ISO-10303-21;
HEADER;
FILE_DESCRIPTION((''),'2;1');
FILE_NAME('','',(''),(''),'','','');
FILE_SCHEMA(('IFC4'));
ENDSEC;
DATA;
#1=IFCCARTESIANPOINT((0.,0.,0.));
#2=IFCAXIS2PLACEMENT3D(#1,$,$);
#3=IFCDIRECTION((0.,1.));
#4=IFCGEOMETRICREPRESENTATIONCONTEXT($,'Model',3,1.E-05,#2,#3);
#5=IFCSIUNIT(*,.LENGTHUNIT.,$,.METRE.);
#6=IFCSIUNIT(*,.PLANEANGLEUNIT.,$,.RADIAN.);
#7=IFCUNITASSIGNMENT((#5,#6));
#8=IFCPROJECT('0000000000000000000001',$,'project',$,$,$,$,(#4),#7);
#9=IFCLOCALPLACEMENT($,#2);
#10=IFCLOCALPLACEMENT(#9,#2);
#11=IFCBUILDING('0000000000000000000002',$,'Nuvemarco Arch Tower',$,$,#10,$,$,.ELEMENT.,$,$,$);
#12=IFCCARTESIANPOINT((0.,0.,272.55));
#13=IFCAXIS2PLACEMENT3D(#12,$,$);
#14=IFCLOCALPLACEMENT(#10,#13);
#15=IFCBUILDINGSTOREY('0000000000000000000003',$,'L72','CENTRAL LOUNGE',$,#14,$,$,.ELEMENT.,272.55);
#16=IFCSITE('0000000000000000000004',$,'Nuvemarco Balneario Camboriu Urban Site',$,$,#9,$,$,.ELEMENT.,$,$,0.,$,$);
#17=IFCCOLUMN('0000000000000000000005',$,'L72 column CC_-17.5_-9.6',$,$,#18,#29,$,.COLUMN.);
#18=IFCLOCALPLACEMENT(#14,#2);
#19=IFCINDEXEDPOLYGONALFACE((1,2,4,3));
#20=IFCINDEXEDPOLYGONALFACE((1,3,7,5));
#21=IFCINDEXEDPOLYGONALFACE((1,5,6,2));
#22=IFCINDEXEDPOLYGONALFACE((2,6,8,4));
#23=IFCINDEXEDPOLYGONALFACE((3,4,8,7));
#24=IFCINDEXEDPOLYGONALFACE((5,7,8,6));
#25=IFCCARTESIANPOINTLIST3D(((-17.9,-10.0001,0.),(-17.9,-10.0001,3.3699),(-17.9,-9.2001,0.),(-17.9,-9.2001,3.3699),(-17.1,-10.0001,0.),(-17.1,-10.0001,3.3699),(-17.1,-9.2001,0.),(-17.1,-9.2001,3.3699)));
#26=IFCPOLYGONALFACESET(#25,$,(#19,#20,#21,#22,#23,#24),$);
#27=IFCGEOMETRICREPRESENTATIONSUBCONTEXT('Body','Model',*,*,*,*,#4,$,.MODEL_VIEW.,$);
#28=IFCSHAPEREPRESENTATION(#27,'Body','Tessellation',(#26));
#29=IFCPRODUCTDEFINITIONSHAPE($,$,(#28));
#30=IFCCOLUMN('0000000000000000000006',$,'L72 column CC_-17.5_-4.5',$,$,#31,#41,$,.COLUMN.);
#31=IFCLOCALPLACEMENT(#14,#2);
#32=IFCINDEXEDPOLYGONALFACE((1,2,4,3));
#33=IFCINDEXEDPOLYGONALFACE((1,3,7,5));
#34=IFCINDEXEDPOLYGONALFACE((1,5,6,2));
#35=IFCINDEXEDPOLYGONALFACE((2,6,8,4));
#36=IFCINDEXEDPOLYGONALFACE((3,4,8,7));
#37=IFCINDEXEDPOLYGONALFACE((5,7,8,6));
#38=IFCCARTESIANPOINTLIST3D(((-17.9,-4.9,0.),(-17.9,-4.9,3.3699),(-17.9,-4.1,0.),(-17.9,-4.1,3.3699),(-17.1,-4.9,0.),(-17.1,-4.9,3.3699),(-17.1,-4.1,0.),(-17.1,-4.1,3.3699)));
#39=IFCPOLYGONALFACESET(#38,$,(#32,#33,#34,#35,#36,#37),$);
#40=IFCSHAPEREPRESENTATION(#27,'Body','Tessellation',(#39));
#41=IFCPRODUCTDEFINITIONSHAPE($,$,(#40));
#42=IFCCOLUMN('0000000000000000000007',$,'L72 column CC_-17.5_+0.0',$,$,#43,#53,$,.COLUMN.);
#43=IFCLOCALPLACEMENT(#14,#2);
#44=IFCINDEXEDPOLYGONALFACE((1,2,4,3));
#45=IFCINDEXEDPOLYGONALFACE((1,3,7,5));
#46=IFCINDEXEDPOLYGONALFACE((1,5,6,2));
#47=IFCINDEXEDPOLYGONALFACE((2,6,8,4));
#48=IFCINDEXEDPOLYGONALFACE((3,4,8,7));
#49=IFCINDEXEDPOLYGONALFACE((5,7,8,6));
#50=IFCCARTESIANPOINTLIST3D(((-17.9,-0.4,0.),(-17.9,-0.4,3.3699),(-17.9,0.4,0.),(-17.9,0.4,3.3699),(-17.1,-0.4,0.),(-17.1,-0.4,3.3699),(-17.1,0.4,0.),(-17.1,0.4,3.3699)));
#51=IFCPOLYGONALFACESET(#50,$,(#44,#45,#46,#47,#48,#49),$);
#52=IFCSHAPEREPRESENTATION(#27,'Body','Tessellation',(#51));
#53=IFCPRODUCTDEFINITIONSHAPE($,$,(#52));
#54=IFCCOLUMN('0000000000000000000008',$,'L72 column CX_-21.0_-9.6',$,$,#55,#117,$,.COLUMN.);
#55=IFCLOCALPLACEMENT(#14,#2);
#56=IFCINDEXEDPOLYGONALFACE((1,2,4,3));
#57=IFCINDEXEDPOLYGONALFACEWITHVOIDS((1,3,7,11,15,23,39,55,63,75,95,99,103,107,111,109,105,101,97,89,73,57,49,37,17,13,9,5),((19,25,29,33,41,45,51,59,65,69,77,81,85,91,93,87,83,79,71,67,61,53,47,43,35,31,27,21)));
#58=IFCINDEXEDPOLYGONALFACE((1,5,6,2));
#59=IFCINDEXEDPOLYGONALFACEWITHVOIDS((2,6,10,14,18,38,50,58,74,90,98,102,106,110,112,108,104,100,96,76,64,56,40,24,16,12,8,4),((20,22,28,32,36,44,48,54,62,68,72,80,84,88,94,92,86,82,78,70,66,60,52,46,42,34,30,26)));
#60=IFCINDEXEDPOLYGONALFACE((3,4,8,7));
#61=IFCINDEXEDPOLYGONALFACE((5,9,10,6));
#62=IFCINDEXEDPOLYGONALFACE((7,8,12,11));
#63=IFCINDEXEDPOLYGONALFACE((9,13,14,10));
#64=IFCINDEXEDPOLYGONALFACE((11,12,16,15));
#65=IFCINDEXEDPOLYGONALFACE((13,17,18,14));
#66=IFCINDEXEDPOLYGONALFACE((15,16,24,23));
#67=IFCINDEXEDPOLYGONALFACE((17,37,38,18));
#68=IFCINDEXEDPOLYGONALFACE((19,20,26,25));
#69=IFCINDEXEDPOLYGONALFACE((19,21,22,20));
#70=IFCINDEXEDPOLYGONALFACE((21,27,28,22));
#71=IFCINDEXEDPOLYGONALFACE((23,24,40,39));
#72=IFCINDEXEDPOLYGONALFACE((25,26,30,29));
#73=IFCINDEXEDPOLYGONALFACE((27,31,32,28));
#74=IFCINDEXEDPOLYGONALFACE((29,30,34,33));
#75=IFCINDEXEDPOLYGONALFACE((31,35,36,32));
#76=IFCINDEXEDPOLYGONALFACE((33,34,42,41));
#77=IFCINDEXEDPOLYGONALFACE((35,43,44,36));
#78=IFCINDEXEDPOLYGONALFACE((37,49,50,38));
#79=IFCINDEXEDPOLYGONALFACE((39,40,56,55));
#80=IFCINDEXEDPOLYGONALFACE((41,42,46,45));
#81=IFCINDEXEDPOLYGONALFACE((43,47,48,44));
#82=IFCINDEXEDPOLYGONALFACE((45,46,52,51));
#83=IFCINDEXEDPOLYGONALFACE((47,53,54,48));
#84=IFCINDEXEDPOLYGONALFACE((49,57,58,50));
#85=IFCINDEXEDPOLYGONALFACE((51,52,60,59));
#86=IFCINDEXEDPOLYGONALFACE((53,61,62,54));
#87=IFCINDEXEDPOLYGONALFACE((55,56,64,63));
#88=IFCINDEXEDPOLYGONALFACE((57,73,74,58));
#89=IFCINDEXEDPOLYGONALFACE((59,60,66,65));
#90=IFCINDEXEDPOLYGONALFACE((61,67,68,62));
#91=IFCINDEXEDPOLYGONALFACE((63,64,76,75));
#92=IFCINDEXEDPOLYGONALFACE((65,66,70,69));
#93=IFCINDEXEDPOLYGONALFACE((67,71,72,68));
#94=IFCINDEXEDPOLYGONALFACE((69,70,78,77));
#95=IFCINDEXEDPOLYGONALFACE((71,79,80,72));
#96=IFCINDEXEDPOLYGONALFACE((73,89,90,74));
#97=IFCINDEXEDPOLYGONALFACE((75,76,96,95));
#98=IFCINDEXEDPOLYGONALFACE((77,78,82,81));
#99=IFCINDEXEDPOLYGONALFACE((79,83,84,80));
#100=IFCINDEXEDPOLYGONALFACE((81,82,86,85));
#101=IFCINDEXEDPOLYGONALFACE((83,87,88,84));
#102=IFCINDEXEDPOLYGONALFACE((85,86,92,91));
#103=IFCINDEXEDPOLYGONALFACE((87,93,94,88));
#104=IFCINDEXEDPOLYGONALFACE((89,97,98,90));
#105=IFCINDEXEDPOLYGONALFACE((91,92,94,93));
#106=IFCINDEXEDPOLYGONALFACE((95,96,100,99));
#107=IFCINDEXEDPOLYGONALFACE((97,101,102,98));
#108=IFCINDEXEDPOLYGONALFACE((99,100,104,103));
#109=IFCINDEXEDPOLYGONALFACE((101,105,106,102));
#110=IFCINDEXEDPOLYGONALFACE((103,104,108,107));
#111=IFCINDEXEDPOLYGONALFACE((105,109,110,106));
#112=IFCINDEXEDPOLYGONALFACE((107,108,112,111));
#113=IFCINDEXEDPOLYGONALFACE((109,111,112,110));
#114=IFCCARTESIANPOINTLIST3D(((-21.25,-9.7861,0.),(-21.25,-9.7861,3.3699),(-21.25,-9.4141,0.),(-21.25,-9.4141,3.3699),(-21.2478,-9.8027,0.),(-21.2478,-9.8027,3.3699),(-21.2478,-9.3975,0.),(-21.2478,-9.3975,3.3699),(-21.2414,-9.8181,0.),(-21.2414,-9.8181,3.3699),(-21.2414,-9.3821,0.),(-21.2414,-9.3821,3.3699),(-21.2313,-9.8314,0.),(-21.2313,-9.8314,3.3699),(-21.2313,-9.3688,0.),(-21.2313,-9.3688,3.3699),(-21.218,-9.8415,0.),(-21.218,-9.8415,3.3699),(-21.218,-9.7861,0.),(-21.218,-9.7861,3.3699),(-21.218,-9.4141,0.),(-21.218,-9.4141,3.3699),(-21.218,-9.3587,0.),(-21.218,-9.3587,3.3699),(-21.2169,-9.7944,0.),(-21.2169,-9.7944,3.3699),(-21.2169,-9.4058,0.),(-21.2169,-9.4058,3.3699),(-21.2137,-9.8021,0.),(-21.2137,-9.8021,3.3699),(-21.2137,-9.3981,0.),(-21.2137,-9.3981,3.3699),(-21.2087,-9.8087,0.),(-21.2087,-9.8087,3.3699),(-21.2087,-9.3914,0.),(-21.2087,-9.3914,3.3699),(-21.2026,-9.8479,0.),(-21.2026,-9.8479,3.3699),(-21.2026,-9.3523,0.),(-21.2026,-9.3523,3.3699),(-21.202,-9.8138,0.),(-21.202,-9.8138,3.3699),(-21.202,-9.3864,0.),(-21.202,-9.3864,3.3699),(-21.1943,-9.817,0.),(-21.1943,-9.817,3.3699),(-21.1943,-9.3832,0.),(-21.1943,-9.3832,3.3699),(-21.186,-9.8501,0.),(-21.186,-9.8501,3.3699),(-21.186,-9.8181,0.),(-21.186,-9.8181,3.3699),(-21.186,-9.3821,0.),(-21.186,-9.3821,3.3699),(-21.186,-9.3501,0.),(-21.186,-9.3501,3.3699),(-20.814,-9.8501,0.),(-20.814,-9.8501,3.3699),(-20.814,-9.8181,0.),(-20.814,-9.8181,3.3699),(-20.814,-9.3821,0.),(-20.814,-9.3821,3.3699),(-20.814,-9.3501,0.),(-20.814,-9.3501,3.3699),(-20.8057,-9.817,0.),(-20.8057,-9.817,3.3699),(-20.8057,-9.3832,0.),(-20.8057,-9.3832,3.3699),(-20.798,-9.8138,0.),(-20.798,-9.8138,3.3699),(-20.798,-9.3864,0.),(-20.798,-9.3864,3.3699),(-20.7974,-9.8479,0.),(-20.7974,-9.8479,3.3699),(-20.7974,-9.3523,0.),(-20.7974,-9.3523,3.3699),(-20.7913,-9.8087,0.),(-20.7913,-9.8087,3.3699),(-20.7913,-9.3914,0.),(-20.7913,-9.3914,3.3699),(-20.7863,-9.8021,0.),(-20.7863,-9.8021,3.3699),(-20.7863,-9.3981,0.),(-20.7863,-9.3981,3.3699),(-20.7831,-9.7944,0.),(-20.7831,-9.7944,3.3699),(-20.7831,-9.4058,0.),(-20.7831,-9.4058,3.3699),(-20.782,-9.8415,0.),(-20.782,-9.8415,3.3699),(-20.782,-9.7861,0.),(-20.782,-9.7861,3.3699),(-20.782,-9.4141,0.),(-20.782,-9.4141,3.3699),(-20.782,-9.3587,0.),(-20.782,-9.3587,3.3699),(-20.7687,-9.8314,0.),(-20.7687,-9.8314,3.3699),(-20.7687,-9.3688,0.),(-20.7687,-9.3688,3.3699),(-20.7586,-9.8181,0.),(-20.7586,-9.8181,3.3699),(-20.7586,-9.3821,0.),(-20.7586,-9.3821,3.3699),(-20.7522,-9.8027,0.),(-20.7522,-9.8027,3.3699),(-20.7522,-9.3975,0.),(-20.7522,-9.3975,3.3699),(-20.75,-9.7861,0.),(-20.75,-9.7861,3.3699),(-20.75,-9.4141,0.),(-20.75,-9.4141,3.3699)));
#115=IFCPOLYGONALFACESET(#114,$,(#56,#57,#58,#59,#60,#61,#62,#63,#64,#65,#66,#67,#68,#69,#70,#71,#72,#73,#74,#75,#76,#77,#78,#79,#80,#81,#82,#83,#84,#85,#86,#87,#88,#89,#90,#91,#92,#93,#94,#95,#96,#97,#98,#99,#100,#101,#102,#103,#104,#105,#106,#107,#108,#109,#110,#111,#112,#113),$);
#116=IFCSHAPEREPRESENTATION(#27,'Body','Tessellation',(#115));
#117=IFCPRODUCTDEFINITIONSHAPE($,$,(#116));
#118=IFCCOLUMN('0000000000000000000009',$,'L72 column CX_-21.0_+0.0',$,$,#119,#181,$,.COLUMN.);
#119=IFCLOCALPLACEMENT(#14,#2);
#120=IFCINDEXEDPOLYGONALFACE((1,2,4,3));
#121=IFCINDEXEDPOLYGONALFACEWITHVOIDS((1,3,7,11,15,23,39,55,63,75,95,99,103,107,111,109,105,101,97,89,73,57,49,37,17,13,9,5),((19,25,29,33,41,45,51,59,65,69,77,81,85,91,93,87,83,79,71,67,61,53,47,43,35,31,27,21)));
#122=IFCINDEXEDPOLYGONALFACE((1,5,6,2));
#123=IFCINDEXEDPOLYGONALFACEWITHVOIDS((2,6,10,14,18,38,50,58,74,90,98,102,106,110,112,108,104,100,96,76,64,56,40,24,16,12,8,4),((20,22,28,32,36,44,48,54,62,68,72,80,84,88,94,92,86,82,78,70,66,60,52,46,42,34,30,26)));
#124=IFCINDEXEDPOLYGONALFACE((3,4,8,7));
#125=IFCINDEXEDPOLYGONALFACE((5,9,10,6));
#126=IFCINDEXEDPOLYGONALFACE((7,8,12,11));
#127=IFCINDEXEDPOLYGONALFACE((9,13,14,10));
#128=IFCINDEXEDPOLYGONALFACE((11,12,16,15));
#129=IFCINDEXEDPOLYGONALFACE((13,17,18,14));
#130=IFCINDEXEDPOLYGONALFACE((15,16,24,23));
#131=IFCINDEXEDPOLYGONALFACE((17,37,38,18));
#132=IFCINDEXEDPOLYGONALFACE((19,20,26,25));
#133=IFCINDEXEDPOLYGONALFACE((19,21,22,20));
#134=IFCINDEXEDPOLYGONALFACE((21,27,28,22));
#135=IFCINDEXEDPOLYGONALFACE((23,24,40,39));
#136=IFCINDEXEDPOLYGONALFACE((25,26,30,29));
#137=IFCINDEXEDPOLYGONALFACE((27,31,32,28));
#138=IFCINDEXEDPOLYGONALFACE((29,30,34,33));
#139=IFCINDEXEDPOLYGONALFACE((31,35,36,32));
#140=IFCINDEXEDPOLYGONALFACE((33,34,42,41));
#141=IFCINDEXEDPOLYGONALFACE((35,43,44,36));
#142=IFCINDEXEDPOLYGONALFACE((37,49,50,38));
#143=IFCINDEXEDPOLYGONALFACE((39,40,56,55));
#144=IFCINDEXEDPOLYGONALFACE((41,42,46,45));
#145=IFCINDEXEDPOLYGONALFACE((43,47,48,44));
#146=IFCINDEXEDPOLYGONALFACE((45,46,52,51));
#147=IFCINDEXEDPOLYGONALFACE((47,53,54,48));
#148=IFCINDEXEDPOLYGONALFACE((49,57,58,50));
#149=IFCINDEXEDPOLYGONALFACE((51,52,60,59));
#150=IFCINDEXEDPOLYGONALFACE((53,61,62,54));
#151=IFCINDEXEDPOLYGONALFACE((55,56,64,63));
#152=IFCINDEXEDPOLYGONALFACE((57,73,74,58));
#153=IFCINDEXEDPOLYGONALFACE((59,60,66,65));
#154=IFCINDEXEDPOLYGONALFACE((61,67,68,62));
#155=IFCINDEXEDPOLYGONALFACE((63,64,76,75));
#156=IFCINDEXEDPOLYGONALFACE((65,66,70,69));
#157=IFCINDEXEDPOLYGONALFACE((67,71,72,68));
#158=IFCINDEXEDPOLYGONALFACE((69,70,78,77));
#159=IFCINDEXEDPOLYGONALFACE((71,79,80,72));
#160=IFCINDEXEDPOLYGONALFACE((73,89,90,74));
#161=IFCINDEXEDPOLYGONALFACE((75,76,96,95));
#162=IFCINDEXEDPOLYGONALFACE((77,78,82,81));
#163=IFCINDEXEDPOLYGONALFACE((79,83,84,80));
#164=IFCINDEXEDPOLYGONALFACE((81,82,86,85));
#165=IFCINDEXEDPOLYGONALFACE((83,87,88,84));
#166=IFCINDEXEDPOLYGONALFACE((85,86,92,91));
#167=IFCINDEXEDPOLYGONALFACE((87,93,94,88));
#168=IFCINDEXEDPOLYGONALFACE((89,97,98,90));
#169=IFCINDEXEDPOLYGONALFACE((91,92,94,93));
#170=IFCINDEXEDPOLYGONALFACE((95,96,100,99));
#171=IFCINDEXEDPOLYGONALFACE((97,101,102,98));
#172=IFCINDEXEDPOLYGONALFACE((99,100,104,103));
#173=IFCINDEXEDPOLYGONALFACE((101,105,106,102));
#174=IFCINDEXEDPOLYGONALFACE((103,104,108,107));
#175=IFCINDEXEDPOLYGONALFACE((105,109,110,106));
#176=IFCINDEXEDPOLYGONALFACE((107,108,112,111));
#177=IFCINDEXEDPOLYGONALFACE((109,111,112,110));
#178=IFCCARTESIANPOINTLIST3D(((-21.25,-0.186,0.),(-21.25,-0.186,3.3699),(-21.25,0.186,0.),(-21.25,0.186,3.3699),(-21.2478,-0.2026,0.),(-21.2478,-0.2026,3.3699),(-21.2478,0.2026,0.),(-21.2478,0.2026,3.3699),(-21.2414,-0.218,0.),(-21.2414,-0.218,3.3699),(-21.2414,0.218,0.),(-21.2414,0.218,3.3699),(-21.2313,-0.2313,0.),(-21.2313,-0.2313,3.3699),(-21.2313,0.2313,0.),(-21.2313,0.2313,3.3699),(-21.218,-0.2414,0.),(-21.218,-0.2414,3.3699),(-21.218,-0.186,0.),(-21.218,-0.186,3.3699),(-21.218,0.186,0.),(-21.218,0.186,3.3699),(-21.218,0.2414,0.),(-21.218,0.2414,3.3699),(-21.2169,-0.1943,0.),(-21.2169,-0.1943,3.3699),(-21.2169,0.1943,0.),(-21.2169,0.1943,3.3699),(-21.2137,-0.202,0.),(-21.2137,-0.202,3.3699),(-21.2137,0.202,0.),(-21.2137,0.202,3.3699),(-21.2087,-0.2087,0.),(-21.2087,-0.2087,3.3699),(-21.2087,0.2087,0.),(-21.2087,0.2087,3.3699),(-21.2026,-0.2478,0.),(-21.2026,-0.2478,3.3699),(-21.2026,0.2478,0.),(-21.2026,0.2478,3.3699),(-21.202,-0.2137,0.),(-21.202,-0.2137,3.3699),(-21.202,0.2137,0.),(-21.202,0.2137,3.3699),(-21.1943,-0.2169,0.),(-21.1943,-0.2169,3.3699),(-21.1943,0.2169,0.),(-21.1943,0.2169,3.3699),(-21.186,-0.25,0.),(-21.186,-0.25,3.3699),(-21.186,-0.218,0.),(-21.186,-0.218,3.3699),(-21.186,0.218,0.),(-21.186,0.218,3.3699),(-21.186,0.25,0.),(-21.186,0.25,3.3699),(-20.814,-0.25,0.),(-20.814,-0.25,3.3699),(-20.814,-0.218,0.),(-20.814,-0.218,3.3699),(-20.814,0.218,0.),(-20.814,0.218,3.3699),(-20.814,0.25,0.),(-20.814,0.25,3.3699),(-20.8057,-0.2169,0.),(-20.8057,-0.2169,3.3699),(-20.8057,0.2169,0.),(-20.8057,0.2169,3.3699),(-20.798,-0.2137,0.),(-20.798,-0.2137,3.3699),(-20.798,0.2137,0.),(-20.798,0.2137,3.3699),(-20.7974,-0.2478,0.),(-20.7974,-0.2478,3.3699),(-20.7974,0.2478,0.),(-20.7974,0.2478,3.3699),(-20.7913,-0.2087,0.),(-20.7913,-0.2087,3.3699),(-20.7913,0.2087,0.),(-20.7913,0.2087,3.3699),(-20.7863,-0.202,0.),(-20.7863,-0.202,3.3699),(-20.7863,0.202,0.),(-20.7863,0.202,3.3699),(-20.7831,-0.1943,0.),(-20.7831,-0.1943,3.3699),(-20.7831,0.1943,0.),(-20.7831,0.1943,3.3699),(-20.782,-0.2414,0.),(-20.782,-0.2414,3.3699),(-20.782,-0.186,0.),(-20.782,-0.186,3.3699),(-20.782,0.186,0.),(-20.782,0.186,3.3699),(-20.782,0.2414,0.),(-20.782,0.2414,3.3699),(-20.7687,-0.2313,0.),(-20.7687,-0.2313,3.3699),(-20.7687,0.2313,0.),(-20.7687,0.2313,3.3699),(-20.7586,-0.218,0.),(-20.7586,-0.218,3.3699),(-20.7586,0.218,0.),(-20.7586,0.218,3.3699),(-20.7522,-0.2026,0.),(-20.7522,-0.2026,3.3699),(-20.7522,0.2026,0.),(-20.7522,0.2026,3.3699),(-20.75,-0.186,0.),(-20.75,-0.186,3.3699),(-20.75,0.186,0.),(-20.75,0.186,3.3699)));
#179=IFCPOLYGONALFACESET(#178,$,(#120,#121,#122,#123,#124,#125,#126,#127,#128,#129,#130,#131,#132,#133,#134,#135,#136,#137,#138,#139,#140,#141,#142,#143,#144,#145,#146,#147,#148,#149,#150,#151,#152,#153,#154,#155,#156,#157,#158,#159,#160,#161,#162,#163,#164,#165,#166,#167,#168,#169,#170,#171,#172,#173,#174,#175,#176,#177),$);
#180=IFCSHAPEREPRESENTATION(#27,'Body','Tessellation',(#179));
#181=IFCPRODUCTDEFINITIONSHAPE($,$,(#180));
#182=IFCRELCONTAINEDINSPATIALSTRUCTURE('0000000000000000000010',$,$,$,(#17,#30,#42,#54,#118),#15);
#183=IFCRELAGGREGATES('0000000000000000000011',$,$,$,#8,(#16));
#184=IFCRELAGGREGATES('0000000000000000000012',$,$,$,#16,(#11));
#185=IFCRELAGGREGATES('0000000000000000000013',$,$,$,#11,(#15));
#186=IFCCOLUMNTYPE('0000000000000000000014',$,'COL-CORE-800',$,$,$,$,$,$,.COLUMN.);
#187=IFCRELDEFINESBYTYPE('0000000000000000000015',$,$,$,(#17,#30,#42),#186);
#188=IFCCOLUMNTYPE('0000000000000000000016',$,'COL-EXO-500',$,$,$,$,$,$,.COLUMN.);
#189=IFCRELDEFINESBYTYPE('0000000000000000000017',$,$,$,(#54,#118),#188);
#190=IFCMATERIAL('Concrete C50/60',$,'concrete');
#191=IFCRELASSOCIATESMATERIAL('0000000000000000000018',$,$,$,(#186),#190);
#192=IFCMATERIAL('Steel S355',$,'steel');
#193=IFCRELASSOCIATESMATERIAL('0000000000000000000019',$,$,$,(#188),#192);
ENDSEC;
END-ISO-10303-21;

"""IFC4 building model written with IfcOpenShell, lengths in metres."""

from ifc_helpers import new_model, si_unit, direction, frame, origin, origin_2d, place, context, subcontext, project, spatial, rectangle, hollow_rectangle, extrude, material, material_profile, profile_set, type_object, element, save


model = new_model("IFC4")

# Units and contexts
model_context = context("Model", 3, precision=1e-05, world=origin(), true_north=direction((0.0, 1.0)))
body_context = subcontext(model_context, "Body", "Model", "MODEL_VIEW")
ifc_project = project(units=[si_unit("LENGTHUNIT", "METRE"), si_unit("PLANEANGLEUNIT", "RADIAN")], contexts=[model_context])

# Site, building, storey
site_placement = place(None, origin())
site = spatial("IfcSite", under=ifc_project, at=site_placement, Name="Nuvemarco Balneario Camboriu Urban Site", CompositionType="ELEMENT", RefElevation=0.0)
building_placement = place(site_placement, origin())
building = spatial("IfcBuilding", under=site, at=building_placement, Name="Nuvemarco Arch Tower", CompositionType="ELEMENT")
storey_placement = place(building_placement, frame((0.0, 0.0, 272.55)))
storey = spatial("IfcBuildingStorey", under=building, at=storey_placement, Name="L72", Description="CENTRAL LOUNGE", CompositionType="ELEMENT", Elevation=272.55)

# Columns
ifc_material_1 = material(Name="Concrete C50/60", Category="concrete")
ifc_material_profile_1 = material_profile(ifc_material_1, rectangle(XDim=0.8, YDim=0.8, at=origin_2d()), Name="RC-COL-800x800")
ifc_profile_set_1 = profile_set([ifc_material_profile_1], Name="Concrete C50/60")
column_type_1 = type_object("IfcColumnType", Name="COL-CORE-800", PredefinedType="COLUMN", material=ifc_profile_set_1)
for number, where, z_axis, x_axis, name in (
    (1, (-17.5, -9.6001, 0.0), (0.0, 0.0, 1.0), (1.0, 0.0, 0.0), "L72 column CC_-17.5_-9.6"),
    (2, (-17.5, -4.5, 0.0), (0.0, 0.0, 1.0), (1.0, 0.0, 0.0), "L72 column CC_-17.5_-4.5"),
    (3, (-17.5, 0.0, 0.0), (0.0, 0.0, 1.0), (1.0, 0.0, 0.0), "L72 column CC_-17.5_+0.0"),
):
    element("IfcColumn", number, at=place(storey_placement, frame(where, z_axis=z_axis, x_axis=x_axis)), inside=storey, type_object=column_type_1, Name=name, PredefinedType="COLUMN", context=body_context, shape_type="SweptSolid", body=[
        extrude(rectangle(XDim=0.8, YDim=0.8, at=origin_2d()), origin(), (0.0, 0.0, 1.0), 3.3699),
    ])
ifc_material_2 = material(Name="Steel S355", Category="steel")
ifc_material_profile_2 = material_profile(ifc_material_2, hollow_rectangle(XDim=0.5, YDim=0.5, WallThickness=0.032, InnerFilletRadius=0.032, OuterFilletRadius=0.064, at=origin_2d()), Name="SHS500x500x32")
ifc_profile_set_2 = profile_set([ifc_material_profile_2], Name="Steel S355")
column_type_2 = type_object("IfcColumnType", Name="COL-EXO-500", PredefinedType="COLUMN", material=ifc_profile_set_2)
for number, where, z_axis, x_axis, name in (
    (4, (-21.0, -9.6001, 0.0), (0.0, 0.0, 1.0), (1.0, 0.0, 0.0), "L72 column CX_-21.0_-9.6"),
    (5, (-21.0, 0.0, 0.0), (0.0, 0.0, 1.0), (1.0, 0.0, 0.0), "L72 column CX_-21.0_+0.0"),
):
    element("IfcColumn", number, at=place(storey_placement, frame(where, z_axis=z_axis, x_axis=x_axis)), inside=storey, type_object=column_type_2, Name=name, PredefinedType="COLUMN", context=body_context, shape_type="SweptSolid", body=[
        extrude(hollow_rectangle(XDim=0.5, YDim=0.5, WallThickness=0.032, InnerFilletRadius=0.032, OuterFilletRadius=0.064, at=origin_2d()), origin(), (0.0, 0.0, 1.0), 3.3699),
    ])

save(model, "model.ifc")
